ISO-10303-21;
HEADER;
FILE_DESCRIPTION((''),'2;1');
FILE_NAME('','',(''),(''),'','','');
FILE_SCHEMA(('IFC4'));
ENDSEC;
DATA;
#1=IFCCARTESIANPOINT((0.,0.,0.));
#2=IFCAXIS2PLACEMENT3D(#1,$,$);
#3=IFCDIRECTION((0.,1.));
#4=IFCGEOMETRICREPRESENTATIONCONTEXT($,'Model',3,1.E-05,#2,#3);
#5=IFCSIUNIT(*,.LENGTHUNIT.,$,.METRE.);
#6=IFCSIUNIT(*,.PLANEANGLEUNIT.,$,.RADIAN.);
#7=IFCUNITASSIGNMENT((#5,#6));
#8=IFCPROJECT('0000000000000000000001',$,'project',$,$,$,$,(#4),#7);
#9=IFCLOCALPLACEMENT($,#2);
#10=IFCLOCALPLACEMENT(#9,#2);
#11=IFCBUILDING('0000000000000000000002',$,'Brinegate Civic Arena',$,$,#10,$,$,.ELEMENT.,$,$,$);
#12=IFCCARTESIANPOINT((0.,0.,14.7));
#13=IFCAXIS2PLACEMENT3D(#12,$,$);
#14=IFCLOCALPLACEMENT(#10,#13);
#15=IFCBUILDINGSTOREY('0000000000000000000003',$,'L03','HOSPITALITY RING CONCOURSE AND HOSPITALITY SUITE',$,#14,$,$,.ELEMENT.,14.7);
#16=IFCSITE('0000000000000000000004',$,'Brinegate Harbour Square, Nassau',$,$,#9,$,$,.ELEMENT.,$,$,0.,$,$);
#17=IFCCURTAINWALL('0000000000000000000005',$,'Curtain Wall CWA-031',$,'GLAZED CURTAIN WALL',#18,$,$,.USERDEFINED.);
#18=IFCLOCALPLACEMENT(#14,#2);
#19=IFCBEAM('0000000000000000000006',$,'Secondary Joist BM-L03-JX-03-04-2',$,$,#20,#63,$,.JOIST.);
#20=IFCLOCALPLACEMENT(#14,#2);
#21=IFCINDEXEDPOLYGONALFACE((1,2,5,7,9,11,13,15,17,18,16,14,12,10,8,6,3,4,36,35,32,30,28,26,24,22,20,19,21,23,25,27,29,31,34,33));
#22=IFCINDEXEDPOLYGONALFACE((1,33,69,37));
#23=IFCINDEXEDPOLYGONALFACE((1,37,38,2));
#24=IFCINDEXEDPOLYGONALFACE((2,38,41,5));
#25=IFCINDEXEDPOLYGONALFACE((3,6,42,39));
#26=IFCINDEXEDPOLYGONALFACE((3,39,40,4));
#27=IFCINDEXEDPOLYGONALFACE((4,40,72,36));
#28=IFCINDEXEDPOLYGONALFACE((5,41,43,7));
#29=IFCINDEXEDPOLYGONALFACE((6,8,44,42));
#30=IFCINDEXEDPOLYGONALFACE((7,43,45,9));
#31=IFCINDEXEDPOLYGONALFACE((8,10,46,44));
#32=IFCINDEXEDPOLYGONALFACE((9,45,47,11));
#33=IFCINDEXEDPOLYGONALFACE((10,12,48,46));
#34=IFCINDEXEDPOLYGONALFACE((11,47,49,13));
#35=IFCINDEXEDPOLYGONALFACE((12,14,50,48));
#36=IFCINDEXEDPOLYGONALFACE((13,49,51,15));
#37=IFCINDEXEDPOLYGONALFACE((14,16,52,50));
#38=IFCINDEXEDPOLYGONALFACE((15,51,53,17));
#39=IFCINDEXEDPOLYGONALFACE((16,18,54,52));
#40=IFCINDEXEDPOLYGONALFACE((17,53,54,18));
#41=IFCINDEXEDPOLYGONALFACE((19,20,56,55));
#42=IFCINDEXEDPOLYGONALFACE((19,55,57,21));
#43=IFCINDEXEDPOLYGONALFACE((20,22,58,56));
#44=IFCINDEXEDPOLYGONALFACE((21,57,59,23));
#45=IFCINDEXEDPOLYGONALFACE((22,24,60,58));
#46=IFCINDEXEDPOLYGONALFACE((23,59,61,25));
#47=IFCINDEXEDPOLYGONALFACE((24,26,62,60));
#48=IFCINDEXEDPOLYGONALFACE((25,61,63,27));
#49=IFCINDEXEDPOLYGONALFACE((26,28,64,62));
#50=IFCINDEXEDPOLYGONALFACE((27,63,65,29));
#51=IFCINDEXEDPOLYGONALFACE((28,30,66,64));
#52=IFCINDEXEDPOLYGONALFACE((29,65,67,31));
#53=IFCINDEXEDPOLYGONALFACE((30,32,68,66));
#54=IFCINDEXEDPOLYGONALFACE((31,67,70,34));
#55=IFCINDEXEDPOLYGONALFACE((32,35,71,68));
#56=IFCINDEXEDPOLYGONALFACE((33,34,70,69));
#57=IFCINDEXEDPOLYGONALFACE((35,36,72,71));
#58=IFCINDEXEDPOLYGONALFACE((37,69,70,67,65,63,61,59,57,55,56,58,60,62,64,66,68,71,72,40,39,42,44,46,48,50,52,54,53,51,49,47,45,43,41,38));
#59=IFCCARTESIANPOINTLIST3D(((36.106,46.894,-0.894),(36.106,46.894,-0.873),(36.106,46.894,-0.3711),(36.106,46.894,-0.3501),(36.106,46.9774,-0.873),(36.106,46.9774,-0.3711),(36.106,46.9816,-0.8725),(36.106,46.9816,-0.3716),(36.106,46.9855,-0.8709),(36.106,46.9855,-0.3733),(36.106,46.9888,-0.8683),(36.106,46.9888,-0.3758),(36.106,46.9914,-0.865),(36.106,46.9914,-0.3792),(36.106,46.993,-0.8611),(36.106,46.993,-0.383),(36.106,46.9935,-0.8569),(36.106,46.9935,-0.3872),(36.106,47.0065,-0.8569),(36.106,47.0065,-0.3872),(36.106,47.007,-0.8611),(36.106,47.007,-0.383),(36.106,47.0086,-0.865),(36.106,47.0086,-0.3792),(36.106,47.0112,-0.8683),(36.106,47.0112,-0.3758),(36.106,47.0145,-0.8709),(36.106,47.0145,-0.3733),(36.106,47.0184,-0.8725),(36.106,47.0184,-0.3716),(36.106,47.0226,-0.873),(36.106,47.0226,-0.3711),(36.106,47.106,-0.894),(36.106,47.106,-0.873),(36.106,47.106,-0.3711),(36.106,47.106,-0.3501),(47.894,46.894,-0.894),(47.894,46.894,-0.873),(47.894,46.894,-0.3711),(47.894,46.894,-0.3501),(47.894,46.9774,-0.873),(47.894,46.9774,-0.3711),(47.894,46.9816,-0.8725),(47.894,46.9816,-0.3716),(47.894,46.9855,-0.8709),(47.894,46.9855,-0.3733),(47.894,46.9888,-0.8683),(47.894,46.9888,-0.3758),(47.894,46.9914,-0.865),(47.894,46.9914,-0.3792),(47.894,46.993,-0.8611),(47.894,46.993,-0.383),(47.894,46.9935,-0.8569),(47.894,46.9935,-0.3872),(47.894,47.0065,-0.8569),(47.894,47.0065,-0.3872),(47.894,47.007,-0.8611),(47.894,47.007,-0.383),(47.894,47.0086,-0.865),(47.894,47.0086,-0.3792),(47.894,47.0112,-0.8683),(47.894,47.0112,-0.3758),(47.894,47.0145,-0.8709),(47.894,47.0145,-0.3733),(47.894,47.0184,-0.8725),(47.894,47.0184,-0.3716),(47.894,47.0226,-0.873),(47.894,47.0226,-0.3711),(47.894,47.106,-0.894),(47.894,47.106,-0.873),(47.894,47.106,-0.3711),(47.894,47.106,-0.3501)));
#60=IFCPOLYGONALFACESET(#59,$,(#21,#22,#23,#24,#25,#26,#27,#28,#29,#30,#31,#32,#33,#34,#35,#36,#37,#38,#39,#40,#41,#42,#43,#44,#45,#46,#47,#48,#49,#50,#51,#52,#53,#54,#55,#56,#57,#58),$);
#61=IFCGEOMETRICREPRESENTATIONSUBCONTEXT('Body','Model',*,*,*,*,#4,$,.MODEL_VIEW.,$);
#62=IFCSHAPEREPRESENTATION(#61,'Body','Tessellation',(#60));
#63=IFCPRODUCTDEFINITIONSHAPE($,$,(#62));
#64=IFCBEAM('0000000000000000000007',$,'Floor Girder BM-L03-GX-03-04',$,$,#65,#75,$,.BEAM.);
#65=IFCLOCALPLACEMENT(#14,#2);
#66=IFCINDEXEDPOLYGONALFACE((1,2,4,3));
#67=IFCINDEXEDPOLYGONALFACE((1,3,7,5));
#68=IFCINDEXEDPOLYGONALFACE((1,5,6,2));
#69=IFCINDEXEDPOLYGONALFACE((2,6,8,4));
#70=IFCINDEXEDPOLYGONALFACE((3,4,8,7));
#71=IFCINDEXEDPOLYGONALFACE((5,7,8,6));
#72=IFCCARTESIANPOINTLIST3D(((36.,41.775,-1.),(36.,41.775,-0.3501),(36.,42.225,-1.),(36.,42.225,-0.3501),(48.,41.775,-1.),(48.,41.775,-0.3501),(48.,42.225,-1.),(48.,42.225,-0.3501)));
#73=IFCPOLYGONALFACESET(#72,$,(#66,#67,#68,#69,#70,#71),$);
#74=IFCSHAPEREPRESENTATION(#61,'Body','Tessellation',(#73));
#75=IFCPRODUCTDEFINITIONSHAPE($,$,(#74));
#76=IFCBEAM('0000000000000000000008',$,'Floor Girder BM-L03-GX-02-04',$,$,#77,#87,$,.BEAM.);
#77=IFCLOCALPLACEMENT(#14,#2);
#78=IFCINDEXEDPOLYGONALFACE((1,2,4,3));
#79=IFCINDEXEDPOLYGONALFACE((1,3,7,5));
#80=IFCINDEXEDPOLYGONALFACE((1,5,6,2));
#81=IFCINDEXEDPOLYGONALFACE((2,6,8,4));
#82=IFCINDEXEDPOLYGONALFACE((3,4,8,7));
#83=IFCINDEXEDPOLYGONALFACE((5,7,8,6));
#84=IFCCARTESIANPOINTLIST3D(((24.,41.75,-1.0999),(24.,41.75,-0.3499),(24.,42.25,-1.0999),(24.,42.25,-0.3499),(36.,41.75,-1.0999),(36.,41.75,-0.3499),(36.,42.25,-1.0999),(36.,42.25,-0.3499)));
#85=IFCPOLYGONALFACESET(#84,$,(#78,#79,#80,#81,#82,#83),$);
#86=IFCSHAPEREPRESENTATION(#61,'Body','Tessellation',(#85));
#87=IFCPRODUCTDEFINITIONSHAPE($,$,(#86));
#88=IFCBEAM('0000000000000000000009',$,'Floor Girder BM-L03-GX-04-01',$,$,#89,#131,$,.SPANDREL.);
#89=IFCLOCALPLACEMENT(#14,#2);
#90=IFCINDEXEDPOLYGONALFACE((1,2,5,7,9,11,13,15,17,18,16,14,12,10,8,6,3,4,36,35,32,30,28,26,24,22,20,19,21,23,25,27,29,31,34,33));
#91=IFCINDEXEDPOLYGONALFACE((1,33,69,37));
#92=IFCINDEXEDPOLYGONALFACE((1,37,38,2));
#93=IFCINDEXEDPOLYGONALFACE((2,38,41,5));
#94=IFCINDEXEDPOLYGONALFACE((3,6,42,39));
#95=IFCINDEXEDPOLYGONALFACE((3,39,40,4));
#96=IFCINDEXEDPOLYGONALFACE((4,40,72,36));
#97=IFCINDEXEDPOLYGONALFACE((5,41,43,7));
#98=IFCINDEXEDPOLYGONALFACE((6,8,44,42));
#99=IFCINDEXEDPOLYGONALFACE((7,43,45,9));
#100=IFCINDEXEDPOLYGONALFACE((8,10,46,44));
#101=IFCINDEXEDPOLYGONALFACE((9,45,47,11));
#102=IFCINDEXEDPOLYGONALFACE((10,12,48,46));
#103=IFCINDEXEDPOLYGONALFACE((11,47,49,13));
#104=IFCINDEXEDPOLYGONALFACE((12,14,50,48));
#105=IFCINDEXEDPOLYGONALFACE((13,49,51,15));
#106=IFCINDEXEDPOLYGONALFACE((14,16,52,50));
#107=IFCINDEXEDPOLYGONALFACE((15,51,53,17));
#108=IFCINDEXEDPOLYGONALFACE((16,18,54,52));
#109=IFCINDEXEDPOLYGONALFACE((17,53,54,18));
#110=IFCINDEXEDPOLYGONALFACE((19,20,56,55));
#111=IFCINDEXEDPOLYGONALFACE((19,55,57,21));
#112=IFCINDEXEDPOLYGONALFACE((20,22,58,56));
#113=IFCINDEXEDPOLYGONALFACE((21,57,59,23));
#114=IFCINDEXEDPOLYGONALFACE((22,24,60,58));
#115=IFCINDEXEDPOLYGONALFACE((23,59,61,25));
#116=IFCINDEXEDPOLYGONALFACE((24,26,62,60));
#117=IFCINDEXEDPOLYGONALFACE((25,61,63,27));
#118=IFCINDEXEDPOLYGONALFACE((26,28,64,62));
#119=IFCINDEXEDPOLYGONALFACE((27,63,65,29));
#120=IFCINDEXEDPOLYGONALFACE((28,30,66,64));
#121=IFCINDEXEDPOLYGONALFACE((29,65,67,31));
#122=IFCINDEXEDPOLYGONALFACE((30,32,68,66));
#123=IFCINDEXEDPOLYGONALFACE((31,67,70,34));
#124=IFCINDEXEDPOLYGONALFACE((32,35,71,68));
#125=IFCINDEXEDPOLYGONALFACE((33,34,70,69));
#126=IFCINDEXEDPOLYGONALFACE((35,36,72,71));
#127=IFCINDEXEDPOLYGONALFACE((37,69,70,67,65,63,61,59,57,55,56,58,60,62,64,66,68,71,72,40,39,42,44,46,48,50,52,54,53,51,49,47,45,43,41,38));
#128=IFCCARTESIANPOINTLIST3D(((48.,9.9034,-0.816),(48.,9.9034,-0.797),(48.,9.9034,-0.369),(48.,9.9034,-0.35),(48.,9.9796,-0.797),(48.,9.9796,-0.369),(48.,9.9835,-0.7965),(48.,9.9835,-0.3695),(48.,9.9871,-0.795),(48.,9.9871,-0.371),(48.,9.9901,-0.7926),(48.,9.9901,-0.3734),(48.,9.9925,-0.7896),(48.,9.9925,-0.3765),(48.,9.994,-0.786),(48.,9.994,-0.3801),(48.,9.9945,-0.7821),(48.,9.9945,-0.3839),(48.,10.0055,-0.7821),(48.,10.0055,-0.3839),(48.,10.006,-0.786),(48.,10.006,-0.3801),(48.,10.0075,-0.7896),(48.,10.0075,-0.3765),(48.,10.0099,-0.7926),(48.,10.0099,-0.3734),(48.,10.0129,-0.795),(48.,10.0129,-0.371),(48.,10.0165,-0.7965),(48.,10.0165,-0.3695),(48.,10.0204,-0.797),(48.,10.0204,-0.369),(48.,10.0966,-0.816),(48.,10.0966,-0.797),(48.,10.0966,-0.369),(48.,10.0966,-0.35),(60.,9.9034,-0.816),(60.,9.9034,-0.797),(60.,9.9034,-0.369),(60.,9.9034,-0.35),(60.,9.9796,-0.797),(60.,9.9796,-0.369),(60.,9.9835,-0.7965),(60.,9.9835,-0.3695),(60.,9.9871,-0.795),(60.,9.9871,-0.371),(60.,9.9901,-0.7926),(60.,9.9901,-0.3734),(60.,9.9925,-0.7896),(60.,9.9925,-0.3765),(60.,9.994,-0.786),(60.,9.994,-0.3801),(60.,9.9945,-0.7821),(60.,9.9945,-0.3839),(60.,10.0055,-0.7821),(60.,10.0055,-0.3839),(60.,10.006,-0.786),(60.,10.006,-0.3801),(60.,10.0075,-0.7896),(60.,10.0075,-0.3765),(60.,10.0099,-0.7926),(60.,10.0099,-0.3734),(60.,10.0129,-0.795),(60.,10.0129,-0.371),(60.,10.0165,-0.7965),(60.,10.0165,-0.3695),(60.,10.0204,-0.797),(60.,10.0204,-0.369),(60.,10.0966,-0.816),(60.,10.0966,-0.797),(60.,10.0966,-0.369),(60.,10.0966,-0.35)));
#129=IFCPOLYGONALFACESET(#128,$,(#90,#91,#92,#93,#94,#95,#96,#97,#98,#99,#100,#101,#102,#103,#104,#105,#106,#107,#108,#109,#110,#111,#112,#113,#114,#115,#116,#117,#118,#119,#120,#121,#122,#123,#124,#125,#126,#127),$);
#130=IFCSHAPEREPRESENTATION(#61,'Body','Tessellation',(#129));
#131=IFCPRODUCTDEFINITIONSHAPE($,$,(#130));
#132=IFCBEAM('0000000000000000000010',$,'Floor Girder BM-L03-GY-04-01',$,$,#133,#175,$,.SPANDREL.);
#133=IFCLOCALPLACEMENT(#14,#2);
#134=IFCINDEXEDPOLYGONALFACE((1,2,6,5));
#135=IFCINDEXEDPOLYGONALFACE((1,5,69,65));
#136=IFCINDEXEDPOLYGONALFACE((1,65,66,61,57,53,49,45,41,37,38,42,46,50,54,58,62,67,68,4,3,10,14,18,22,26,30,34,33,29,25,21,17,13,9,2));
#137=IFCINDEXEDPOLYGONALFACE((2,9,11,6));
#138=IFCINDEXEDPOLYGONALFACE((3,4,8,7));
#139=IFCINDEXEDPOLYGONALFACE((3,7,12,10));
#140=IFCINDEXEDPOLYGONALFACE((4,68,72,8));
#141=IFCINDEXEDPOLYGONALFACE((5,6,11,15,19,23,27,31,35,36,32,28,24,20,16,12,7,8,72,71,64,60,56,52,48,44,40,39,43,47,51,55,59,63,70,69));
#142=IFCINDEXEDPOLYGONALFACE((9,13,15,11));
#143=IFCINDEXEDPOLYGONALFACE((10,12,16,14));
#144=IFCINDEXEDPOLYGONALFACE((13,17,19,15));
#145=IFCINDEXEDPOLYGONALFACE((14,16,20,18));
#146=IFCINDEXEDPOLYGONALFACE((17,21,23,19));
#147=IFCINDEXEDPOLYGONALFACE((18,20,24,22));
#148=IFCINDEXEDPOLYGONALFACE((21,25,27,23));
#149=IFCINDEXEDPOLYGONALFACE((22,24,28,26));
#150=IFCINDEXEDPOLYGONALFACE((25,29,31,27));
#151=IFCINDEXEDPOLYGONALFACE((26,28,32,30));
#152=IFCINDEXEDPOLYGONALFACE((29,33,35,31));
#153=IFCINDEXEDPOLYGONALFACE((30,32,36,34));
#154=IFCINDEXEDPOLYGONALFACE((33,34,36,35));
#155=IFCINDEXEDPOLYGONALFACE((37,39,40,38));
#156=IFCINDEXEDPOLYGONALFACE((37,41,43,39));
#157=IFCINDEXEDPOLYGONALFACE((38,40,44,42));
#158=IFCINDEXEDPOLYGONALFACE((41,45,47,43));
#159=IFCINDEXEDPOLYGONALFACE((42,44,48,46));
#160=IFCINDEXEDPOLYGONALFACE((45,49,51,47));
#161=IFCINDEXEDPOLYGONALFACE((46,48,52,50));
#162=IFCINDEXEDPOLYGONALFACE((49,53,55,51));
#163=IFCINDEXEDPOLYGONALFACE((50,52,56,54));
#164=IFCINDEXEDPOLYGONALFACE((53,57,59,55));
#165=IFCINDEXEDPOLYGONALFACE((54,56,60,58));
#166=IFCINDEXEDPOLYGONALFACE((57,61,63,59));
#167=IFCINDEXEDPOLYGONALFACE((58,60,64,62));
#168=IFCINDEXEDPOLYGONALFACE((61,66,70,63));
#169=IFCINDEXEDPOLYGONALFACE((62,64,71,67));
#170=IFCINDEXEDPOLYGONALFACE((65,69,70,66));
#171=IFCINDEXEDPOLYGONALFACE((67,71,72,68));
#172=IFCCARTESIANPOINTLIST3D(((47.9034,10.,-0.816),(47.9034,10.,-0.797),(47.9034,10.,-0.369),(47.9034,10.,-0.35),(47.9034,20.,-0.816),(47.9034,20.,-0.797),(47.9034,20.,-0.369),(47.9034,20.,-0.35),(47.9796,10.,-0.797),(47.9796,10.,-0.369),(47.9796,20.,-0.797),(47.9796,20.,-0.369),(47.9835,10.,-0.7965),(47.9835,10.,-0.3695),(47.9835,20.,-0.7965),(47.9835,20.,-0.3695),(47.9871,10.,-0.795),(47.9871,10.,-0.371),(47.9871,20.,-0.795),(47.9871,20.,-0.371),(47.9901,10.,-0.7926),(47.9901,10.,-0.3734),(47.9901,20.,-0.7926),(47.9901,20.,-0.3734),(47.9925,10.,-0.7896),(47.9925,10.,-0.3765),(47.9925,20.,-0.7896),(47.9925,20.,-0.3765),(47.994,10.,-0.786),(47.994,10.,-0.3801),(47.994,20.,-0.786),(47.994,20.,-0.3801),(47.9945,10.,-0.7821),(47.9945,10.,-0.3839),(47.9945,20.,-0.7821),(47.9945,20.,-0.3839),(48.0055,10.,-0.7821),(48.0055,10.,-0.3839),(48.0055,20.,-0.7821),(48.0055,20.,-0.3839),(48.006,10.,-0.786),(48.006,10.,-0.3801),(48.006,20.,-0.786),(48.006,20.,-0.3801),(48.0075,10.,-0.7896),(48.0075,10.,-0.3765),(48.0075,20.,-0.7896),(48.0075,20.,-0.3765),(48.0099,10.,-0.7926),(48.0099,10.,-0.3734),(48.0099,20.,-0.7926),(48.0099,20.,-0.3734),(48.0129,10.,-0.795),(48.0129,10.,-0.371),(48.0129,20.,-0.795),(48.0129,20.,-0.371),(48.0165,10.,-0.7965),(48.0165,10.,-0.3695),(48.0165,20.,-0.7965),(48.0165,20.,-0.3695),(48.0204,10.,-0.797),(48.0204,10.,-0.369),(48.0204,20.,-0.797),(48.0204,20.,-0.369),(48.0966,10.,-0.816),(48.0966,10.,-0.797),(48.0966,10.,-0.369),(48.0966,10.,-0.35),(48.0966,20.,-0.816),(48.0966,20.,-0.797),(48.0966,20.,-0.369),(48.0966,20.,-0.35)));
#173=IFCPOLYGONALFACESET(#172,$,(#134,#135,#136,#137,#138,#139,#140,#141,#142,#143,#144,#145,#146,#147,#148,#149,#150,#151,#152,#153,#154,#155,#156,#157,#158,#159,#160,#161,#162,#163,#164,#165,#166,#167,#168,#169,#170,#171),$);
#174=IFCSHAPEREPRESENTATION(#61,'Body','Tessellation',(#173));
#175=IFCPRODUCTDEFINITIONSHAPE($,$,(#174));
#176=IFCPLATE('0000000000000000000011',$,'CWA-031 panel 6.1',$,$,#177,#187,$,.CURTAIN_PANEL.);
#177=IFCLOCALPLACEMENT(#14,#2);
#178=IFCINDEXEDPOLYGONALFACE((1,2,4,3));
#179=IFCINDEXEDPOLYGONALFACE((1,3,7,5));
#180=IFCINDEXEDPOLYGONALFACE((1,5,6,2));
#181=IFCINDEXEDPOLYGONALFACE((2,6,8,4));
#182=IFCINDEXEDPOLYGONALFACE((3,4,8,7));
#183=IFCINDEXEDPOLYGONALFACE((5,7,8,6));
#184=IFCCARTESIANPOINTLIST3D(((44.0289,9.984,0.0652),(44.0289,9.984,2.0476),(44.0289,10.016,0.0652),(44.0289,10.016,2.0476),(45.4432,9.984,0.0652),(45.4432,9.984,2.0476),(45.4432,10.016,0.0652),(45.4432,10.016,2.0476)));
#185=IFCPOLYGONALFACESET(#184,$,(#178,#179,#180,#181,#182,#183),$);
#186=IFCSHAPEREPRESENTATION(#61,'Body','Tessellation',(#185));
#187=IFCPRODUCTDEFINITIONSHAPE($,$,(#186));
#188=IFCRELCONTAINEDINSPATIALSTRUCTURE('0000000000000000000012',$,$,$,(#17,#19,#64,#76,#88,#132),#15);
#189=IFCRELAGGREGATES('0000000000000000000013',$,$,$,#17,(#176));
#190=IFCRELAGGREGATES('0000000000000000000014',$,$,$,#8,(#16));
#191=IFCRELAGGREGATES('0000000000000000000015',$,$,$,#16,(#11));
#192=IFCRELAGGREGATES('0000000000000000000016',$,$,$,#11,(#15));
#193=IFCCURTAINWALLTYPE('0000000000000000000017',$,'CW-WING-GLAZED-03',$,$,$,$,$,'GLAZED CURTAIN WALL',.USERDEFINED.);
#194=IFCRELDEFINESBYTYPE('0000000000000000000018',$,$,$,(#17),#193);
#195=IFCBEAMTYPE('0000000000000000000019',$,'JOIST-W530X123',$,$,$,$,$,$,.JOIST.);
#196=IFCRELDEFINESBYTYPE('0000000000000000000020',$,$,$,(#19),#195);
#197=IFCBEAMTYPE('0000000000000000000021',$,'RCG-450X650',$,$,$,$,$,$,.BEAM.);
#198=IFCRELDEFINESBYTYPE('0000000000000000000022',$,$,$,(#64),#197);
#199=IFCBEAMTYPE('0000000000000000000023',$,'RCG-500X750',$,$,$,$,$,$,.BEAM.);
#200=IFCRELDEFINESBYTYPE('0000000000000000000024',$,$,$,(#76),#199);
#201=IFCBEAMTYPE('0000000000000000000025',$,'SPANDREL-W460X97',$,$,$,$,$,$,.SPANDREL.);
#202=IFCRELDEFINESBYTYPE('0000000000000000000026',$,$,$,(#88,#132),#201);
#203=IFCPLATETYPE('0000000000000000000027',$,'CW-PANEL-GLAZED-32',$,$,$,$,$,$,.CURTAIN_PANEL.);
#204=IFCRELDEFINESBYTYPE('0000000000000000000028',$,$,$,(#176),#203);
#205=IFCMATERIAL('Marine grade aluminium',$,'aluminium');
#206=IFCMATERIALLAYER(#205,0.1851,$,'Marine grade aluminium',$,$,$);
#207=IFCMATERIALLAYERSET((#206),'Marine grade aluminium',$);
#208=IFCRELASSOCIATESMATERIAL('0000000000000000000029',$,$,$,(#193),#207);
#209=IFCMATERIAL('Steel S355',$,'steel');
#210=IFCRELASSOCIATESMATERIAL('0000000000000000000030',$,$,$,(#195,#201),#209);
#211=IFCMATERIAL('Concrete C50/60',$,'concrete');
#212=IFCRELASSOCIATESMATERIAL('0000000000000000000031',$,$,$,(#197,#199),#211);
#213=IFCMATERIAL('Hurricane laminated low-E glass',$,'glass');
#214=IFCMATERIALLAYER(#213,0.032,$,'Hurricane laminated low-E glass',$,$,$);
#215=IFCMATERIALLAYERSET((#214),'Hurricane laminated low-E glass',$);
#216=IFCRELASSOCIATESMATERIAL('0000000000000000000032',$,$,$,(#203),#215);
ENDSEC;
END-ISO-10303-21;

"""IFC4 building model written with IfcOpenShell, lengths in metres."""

from ifc_helpers import new_model, si_unit, direction, frame, origin, origin_2d, place, context, subcontext, project, spatial, rectangle, i_section, extrude, material, layer, layer_set, material_profile, profile_set, type_object, element, aggregate, save


model = new_model("IFC4")

# Units and contexts
model_context = context("Model", 3, precision=1e-05, world=origin(), true_north=direction((0.0, 1.0)))
body_context = subcontext(model_context, "Body", "Model", "MODEL_VIEW")
ifc_project = project(units=[si_unit("LENGTHUNIT", "METRE"), si_unit("PLANEANGLEUNIT", "RADIAN")], contexts=[model_context])

# Site, building, storey
site_placement = place(None, origin())
site = spatial("IfcSite", under=ifc_project, at=site_placement, Name="Brinegate Harbour Square, Nassau", CompositionType="ELEMENT", RefElevation=0.0)
building_placement = place(site_placement, origin())
building = spatial("IfcBuilding", under=site, at=building_placement, Name="Brinegate Civic Arena", CompositionType="ELEMENT")
storey_placement = place(building_placement, frame((0.0, 0.0, 14.7)))
storey = spatial("IfcBuildingStorey", under=building, at=storey_placement, Name="L03", Description="HOSPITALITY RING CONCOURSE AND HOSPITALITY SUITE", CompositionType="ELEMENT", Elevation=14.7)

# Shared definitions
ifc_material_1 = material(Name="Concrete C50/60", Category="concrete")
ifc_material_2 = material(Name="Steel S355", Category="steel")

# Curtain wall
ifc_material_3 = material(Name="Marine grade aluminium", Category="aluminium")
ifc_layer_1 = layer(ifc_material_3, 0.1851, Name="Marine grade aluminium")
ifc_layer_set_1 = layer_set([ifc_layer_1], Name="Marine grade aluminium")
curtain_wall_type_1 = type_object("IfcCurtainWallType", Name="CW-WING-GLAZED-03", ElementType="GLAZED CURTAIN WALL", PredefinedType="USERDEFINED", material=ifc_layer_set_1)
curtain_wall_1_placement = place(storey_placement, origin())
curtain_wall_1 = element("IfcCurtainWall", 1, at=curtain_wall_1_placement, inside=storey, type_object=curtain_wall_type_1, Name="Curtain Wall CWA-031", ObjectType="GLAZED CURTAIN WALL", PredefinedType="USERDEFINED")

# Beams
ifc_material_profile_1 = material_profile(ifc_material_2, i_section(OverallWidth=0.2119, OverallDepth=0.5439, WebThickness=0.0129, FlangeThickness=0.021, FilletRadius=0.0161, at=origin_2d()), Name="W530X123")
ifc_profile_set_1 = profile_set([ifc_material_profile_1], Name="Steel S355")
beam_type_1 = type_object("IfcBeamType", Name="JOIST-W530X123", PredefinedType="JOIST", material=ifc_profile_set_1)
beam_1_placement = place(storey_placement, frame((36.106, 47.0, -0.6221), z_axis=(1.0, 0.0, 0.0), x_axis=(0.0, 1.0, 0.0)))
element("IfcBeam", 2, at=beam_1_placement, inside=storey, type_object=beam_type_1, Name="Secondary Joist BM-L03-JX-03-04-2", PredefinedType="JOIST", context=body_context, shape_type="SweptSolid", body=[
    extrude(i_section(OverallWidth=0.2119, OverallDepth=0.5439, WebThickness=0.0129, FlangeThickness=0.021, FilletRadius=0.0161, at=origin_2d()), origin(), (0.0, 0.0, 1.0), 11.7881),
])
ifc_material_profile_2 = material_profile(ifc_material_1, rectangle(XDim=0.45, YDim=0.6499, at=origin_2d()), Name="RCB450X650")
ifc_profile_set_2 = profile_set([ifc_material_profile_2], Name="Concrete C50/60")
beam_type_2 = type_object("IfcBeamType", Name="RCG-450X650", PredefinedType="BEAM", material=ifc_profile_set_2)
beam_2_placement = place(storey_placement, frame((36.0, 42.0, -0.675), z_axis=(1.0, 0.0, 0.0), x_axis=(0.0, 1.0, 0.0)))
element("IfcBeam", 3, at=beam_2_placement, inside=storey, type_object=beam_type_2, Name="Floor Girder BM-L03-GX-03-04", PredefinedType="BEAM", context=body_context, shape_type="SweptSolid", body=[
    extrude(rectangle(XDim=0.45, YDim=0.6499, at=origin_2d()), origin(), (0.0, 0.0, 1.0), 12.0),
])
ifc_material_profile_3 = material_profile(ifc_material_1, rectangle(XDim=0.5, YDim=0.75, at=origin_2d()), Name="RCB500X750")
ifc_profile_set_3 = profile_set([ifc_material_profile_3], Name="Concrete C50/60")
beam_type_3 = type_object("IfcBeamType", Name="RCG-500X750", PredefinedType="BEAM", material=ifc_profile_set_3)
beam_3_placement = place(storey_placement, frame((24.0, 42.0, -0.7249), z_axis=(1.0, 0.0, 0.0), x_axis=(0.0, 1.0, 0.0)))
element("IfcBeam", 4, at=beam_3_placement, inside=storey, type_object=beam_type_3, Name="Floor Girder BM-L03-GX-02-04", PredefinedType="BEAM", context=body_context, shape_type="SweptSolid", body=[
    extrude(rectangle(XDim=0.5, YDim=0.75, at=origin_2d()), origin(), (0.0, 0.0, 1.0), 12.0),
])
ifc_material_profile_4 = material_profile(ifc_material_2, i_section(OverallWidth=0.1931, OverallDepth=0.4661, WebThickness=0.011, FlangeThickness=0.019, FilletRadius=0.0149, at=origin_2d()), Name="W460X97")
ifc_profile_set_4 = profile_set([ifc_material_profile_4], Name="Steel S355")
beam_type_4 = type_object("IfcBeamType", Name="SPANDREL-W460X97", PredefinedType="SPANDREL", material=ifc_profile_set_4)
beam_4_placement = place(storey_placement, frame((48.0, 10.0, -0.583), z_axis=(1.0, 0.0, 0.0), x_axis=(0.0, 1.0, 0.0)))
element("IfcBeam", 5, at=beam_4_placement, inside=storey, type_object=beam_type_4, Name="Floor Girder BM-L03-GX-04-01", PredefinedType="SPANDREL", context=body_context, shape_type="SweptSolid", body=[
    extrude(i_section(OverallWidth=0.1931, OverallDepth=0.4661, WebThickness=0.011, FlangeThickness=0.019, FilletRadius=0.0149, at=origin_2d()), origin(), (0.0, 0.0, 1.0), 12.0),
])
beam_5_placement = place(storey_placement, frame((48.0, 10.0, -0.583), z_axis=(0.0, 1.0, 0.0), x_axis=(-1.0, 0.0, 0.0)))
element("IfcBeam", 6, at=beam_5_placement, inside=storey, type_object=beam_type_4, Name="Floor Girder BM-L03-GY-04-01", PredefinedType="SPANDREL", context=body_context, shape_type="SweptSolid", body=[
    extrude(i_section(OverallWidth=0.1931, OverallDepth=0.4661, WebThickness=0.011, FlangeThickness=0.019, FilletRadius=0.0149, at=origin_2d()), origin(), (0.0, 0.0, 1.0), 10.0),
])

# Plate
ifc_material_4 = material(Name="Hurricane laminated low-E glass", Category="glass")
ifc_layer_2 = layer(ifc_material_4, 0.032, Name="Hurricane laminated low-E glass")
ifc_layer_set_2 = layer_set([ifc_layer_2], Name="Hurricane laminated low-E glass")
plate_type_1 = type_object("IfcPlateType", Name="CW-PANEL-GLAZED-32", PredefinedType="CURTAIN_PANEL", material=ifc_layer_set_2)
plate_1_placement = place(storey_placement, frame((44.7361, 10.0, 0.0652), z_axis=(0.0, 0.0, 1.0), x_axis=(1.0, 0.0, 0.0)))
plate_1 = element("IfcPlate", 7, at=plate_1_placement, type_object=plate_type_1, Name="CWA-031 panel 6.1", PredefinedType="CURTAIN_PANEL", context=body_context, shape_type="SweptSolid", body=[
    extrude(rectangle(XDim=1.4143, YDim=0.032, at=origin_2d()), origin(), (0.0, 0.0, 1.0), 1.9824),
])
aggregate(curtain_wall_1, [plate_1])

save(model, "model.ifc")
